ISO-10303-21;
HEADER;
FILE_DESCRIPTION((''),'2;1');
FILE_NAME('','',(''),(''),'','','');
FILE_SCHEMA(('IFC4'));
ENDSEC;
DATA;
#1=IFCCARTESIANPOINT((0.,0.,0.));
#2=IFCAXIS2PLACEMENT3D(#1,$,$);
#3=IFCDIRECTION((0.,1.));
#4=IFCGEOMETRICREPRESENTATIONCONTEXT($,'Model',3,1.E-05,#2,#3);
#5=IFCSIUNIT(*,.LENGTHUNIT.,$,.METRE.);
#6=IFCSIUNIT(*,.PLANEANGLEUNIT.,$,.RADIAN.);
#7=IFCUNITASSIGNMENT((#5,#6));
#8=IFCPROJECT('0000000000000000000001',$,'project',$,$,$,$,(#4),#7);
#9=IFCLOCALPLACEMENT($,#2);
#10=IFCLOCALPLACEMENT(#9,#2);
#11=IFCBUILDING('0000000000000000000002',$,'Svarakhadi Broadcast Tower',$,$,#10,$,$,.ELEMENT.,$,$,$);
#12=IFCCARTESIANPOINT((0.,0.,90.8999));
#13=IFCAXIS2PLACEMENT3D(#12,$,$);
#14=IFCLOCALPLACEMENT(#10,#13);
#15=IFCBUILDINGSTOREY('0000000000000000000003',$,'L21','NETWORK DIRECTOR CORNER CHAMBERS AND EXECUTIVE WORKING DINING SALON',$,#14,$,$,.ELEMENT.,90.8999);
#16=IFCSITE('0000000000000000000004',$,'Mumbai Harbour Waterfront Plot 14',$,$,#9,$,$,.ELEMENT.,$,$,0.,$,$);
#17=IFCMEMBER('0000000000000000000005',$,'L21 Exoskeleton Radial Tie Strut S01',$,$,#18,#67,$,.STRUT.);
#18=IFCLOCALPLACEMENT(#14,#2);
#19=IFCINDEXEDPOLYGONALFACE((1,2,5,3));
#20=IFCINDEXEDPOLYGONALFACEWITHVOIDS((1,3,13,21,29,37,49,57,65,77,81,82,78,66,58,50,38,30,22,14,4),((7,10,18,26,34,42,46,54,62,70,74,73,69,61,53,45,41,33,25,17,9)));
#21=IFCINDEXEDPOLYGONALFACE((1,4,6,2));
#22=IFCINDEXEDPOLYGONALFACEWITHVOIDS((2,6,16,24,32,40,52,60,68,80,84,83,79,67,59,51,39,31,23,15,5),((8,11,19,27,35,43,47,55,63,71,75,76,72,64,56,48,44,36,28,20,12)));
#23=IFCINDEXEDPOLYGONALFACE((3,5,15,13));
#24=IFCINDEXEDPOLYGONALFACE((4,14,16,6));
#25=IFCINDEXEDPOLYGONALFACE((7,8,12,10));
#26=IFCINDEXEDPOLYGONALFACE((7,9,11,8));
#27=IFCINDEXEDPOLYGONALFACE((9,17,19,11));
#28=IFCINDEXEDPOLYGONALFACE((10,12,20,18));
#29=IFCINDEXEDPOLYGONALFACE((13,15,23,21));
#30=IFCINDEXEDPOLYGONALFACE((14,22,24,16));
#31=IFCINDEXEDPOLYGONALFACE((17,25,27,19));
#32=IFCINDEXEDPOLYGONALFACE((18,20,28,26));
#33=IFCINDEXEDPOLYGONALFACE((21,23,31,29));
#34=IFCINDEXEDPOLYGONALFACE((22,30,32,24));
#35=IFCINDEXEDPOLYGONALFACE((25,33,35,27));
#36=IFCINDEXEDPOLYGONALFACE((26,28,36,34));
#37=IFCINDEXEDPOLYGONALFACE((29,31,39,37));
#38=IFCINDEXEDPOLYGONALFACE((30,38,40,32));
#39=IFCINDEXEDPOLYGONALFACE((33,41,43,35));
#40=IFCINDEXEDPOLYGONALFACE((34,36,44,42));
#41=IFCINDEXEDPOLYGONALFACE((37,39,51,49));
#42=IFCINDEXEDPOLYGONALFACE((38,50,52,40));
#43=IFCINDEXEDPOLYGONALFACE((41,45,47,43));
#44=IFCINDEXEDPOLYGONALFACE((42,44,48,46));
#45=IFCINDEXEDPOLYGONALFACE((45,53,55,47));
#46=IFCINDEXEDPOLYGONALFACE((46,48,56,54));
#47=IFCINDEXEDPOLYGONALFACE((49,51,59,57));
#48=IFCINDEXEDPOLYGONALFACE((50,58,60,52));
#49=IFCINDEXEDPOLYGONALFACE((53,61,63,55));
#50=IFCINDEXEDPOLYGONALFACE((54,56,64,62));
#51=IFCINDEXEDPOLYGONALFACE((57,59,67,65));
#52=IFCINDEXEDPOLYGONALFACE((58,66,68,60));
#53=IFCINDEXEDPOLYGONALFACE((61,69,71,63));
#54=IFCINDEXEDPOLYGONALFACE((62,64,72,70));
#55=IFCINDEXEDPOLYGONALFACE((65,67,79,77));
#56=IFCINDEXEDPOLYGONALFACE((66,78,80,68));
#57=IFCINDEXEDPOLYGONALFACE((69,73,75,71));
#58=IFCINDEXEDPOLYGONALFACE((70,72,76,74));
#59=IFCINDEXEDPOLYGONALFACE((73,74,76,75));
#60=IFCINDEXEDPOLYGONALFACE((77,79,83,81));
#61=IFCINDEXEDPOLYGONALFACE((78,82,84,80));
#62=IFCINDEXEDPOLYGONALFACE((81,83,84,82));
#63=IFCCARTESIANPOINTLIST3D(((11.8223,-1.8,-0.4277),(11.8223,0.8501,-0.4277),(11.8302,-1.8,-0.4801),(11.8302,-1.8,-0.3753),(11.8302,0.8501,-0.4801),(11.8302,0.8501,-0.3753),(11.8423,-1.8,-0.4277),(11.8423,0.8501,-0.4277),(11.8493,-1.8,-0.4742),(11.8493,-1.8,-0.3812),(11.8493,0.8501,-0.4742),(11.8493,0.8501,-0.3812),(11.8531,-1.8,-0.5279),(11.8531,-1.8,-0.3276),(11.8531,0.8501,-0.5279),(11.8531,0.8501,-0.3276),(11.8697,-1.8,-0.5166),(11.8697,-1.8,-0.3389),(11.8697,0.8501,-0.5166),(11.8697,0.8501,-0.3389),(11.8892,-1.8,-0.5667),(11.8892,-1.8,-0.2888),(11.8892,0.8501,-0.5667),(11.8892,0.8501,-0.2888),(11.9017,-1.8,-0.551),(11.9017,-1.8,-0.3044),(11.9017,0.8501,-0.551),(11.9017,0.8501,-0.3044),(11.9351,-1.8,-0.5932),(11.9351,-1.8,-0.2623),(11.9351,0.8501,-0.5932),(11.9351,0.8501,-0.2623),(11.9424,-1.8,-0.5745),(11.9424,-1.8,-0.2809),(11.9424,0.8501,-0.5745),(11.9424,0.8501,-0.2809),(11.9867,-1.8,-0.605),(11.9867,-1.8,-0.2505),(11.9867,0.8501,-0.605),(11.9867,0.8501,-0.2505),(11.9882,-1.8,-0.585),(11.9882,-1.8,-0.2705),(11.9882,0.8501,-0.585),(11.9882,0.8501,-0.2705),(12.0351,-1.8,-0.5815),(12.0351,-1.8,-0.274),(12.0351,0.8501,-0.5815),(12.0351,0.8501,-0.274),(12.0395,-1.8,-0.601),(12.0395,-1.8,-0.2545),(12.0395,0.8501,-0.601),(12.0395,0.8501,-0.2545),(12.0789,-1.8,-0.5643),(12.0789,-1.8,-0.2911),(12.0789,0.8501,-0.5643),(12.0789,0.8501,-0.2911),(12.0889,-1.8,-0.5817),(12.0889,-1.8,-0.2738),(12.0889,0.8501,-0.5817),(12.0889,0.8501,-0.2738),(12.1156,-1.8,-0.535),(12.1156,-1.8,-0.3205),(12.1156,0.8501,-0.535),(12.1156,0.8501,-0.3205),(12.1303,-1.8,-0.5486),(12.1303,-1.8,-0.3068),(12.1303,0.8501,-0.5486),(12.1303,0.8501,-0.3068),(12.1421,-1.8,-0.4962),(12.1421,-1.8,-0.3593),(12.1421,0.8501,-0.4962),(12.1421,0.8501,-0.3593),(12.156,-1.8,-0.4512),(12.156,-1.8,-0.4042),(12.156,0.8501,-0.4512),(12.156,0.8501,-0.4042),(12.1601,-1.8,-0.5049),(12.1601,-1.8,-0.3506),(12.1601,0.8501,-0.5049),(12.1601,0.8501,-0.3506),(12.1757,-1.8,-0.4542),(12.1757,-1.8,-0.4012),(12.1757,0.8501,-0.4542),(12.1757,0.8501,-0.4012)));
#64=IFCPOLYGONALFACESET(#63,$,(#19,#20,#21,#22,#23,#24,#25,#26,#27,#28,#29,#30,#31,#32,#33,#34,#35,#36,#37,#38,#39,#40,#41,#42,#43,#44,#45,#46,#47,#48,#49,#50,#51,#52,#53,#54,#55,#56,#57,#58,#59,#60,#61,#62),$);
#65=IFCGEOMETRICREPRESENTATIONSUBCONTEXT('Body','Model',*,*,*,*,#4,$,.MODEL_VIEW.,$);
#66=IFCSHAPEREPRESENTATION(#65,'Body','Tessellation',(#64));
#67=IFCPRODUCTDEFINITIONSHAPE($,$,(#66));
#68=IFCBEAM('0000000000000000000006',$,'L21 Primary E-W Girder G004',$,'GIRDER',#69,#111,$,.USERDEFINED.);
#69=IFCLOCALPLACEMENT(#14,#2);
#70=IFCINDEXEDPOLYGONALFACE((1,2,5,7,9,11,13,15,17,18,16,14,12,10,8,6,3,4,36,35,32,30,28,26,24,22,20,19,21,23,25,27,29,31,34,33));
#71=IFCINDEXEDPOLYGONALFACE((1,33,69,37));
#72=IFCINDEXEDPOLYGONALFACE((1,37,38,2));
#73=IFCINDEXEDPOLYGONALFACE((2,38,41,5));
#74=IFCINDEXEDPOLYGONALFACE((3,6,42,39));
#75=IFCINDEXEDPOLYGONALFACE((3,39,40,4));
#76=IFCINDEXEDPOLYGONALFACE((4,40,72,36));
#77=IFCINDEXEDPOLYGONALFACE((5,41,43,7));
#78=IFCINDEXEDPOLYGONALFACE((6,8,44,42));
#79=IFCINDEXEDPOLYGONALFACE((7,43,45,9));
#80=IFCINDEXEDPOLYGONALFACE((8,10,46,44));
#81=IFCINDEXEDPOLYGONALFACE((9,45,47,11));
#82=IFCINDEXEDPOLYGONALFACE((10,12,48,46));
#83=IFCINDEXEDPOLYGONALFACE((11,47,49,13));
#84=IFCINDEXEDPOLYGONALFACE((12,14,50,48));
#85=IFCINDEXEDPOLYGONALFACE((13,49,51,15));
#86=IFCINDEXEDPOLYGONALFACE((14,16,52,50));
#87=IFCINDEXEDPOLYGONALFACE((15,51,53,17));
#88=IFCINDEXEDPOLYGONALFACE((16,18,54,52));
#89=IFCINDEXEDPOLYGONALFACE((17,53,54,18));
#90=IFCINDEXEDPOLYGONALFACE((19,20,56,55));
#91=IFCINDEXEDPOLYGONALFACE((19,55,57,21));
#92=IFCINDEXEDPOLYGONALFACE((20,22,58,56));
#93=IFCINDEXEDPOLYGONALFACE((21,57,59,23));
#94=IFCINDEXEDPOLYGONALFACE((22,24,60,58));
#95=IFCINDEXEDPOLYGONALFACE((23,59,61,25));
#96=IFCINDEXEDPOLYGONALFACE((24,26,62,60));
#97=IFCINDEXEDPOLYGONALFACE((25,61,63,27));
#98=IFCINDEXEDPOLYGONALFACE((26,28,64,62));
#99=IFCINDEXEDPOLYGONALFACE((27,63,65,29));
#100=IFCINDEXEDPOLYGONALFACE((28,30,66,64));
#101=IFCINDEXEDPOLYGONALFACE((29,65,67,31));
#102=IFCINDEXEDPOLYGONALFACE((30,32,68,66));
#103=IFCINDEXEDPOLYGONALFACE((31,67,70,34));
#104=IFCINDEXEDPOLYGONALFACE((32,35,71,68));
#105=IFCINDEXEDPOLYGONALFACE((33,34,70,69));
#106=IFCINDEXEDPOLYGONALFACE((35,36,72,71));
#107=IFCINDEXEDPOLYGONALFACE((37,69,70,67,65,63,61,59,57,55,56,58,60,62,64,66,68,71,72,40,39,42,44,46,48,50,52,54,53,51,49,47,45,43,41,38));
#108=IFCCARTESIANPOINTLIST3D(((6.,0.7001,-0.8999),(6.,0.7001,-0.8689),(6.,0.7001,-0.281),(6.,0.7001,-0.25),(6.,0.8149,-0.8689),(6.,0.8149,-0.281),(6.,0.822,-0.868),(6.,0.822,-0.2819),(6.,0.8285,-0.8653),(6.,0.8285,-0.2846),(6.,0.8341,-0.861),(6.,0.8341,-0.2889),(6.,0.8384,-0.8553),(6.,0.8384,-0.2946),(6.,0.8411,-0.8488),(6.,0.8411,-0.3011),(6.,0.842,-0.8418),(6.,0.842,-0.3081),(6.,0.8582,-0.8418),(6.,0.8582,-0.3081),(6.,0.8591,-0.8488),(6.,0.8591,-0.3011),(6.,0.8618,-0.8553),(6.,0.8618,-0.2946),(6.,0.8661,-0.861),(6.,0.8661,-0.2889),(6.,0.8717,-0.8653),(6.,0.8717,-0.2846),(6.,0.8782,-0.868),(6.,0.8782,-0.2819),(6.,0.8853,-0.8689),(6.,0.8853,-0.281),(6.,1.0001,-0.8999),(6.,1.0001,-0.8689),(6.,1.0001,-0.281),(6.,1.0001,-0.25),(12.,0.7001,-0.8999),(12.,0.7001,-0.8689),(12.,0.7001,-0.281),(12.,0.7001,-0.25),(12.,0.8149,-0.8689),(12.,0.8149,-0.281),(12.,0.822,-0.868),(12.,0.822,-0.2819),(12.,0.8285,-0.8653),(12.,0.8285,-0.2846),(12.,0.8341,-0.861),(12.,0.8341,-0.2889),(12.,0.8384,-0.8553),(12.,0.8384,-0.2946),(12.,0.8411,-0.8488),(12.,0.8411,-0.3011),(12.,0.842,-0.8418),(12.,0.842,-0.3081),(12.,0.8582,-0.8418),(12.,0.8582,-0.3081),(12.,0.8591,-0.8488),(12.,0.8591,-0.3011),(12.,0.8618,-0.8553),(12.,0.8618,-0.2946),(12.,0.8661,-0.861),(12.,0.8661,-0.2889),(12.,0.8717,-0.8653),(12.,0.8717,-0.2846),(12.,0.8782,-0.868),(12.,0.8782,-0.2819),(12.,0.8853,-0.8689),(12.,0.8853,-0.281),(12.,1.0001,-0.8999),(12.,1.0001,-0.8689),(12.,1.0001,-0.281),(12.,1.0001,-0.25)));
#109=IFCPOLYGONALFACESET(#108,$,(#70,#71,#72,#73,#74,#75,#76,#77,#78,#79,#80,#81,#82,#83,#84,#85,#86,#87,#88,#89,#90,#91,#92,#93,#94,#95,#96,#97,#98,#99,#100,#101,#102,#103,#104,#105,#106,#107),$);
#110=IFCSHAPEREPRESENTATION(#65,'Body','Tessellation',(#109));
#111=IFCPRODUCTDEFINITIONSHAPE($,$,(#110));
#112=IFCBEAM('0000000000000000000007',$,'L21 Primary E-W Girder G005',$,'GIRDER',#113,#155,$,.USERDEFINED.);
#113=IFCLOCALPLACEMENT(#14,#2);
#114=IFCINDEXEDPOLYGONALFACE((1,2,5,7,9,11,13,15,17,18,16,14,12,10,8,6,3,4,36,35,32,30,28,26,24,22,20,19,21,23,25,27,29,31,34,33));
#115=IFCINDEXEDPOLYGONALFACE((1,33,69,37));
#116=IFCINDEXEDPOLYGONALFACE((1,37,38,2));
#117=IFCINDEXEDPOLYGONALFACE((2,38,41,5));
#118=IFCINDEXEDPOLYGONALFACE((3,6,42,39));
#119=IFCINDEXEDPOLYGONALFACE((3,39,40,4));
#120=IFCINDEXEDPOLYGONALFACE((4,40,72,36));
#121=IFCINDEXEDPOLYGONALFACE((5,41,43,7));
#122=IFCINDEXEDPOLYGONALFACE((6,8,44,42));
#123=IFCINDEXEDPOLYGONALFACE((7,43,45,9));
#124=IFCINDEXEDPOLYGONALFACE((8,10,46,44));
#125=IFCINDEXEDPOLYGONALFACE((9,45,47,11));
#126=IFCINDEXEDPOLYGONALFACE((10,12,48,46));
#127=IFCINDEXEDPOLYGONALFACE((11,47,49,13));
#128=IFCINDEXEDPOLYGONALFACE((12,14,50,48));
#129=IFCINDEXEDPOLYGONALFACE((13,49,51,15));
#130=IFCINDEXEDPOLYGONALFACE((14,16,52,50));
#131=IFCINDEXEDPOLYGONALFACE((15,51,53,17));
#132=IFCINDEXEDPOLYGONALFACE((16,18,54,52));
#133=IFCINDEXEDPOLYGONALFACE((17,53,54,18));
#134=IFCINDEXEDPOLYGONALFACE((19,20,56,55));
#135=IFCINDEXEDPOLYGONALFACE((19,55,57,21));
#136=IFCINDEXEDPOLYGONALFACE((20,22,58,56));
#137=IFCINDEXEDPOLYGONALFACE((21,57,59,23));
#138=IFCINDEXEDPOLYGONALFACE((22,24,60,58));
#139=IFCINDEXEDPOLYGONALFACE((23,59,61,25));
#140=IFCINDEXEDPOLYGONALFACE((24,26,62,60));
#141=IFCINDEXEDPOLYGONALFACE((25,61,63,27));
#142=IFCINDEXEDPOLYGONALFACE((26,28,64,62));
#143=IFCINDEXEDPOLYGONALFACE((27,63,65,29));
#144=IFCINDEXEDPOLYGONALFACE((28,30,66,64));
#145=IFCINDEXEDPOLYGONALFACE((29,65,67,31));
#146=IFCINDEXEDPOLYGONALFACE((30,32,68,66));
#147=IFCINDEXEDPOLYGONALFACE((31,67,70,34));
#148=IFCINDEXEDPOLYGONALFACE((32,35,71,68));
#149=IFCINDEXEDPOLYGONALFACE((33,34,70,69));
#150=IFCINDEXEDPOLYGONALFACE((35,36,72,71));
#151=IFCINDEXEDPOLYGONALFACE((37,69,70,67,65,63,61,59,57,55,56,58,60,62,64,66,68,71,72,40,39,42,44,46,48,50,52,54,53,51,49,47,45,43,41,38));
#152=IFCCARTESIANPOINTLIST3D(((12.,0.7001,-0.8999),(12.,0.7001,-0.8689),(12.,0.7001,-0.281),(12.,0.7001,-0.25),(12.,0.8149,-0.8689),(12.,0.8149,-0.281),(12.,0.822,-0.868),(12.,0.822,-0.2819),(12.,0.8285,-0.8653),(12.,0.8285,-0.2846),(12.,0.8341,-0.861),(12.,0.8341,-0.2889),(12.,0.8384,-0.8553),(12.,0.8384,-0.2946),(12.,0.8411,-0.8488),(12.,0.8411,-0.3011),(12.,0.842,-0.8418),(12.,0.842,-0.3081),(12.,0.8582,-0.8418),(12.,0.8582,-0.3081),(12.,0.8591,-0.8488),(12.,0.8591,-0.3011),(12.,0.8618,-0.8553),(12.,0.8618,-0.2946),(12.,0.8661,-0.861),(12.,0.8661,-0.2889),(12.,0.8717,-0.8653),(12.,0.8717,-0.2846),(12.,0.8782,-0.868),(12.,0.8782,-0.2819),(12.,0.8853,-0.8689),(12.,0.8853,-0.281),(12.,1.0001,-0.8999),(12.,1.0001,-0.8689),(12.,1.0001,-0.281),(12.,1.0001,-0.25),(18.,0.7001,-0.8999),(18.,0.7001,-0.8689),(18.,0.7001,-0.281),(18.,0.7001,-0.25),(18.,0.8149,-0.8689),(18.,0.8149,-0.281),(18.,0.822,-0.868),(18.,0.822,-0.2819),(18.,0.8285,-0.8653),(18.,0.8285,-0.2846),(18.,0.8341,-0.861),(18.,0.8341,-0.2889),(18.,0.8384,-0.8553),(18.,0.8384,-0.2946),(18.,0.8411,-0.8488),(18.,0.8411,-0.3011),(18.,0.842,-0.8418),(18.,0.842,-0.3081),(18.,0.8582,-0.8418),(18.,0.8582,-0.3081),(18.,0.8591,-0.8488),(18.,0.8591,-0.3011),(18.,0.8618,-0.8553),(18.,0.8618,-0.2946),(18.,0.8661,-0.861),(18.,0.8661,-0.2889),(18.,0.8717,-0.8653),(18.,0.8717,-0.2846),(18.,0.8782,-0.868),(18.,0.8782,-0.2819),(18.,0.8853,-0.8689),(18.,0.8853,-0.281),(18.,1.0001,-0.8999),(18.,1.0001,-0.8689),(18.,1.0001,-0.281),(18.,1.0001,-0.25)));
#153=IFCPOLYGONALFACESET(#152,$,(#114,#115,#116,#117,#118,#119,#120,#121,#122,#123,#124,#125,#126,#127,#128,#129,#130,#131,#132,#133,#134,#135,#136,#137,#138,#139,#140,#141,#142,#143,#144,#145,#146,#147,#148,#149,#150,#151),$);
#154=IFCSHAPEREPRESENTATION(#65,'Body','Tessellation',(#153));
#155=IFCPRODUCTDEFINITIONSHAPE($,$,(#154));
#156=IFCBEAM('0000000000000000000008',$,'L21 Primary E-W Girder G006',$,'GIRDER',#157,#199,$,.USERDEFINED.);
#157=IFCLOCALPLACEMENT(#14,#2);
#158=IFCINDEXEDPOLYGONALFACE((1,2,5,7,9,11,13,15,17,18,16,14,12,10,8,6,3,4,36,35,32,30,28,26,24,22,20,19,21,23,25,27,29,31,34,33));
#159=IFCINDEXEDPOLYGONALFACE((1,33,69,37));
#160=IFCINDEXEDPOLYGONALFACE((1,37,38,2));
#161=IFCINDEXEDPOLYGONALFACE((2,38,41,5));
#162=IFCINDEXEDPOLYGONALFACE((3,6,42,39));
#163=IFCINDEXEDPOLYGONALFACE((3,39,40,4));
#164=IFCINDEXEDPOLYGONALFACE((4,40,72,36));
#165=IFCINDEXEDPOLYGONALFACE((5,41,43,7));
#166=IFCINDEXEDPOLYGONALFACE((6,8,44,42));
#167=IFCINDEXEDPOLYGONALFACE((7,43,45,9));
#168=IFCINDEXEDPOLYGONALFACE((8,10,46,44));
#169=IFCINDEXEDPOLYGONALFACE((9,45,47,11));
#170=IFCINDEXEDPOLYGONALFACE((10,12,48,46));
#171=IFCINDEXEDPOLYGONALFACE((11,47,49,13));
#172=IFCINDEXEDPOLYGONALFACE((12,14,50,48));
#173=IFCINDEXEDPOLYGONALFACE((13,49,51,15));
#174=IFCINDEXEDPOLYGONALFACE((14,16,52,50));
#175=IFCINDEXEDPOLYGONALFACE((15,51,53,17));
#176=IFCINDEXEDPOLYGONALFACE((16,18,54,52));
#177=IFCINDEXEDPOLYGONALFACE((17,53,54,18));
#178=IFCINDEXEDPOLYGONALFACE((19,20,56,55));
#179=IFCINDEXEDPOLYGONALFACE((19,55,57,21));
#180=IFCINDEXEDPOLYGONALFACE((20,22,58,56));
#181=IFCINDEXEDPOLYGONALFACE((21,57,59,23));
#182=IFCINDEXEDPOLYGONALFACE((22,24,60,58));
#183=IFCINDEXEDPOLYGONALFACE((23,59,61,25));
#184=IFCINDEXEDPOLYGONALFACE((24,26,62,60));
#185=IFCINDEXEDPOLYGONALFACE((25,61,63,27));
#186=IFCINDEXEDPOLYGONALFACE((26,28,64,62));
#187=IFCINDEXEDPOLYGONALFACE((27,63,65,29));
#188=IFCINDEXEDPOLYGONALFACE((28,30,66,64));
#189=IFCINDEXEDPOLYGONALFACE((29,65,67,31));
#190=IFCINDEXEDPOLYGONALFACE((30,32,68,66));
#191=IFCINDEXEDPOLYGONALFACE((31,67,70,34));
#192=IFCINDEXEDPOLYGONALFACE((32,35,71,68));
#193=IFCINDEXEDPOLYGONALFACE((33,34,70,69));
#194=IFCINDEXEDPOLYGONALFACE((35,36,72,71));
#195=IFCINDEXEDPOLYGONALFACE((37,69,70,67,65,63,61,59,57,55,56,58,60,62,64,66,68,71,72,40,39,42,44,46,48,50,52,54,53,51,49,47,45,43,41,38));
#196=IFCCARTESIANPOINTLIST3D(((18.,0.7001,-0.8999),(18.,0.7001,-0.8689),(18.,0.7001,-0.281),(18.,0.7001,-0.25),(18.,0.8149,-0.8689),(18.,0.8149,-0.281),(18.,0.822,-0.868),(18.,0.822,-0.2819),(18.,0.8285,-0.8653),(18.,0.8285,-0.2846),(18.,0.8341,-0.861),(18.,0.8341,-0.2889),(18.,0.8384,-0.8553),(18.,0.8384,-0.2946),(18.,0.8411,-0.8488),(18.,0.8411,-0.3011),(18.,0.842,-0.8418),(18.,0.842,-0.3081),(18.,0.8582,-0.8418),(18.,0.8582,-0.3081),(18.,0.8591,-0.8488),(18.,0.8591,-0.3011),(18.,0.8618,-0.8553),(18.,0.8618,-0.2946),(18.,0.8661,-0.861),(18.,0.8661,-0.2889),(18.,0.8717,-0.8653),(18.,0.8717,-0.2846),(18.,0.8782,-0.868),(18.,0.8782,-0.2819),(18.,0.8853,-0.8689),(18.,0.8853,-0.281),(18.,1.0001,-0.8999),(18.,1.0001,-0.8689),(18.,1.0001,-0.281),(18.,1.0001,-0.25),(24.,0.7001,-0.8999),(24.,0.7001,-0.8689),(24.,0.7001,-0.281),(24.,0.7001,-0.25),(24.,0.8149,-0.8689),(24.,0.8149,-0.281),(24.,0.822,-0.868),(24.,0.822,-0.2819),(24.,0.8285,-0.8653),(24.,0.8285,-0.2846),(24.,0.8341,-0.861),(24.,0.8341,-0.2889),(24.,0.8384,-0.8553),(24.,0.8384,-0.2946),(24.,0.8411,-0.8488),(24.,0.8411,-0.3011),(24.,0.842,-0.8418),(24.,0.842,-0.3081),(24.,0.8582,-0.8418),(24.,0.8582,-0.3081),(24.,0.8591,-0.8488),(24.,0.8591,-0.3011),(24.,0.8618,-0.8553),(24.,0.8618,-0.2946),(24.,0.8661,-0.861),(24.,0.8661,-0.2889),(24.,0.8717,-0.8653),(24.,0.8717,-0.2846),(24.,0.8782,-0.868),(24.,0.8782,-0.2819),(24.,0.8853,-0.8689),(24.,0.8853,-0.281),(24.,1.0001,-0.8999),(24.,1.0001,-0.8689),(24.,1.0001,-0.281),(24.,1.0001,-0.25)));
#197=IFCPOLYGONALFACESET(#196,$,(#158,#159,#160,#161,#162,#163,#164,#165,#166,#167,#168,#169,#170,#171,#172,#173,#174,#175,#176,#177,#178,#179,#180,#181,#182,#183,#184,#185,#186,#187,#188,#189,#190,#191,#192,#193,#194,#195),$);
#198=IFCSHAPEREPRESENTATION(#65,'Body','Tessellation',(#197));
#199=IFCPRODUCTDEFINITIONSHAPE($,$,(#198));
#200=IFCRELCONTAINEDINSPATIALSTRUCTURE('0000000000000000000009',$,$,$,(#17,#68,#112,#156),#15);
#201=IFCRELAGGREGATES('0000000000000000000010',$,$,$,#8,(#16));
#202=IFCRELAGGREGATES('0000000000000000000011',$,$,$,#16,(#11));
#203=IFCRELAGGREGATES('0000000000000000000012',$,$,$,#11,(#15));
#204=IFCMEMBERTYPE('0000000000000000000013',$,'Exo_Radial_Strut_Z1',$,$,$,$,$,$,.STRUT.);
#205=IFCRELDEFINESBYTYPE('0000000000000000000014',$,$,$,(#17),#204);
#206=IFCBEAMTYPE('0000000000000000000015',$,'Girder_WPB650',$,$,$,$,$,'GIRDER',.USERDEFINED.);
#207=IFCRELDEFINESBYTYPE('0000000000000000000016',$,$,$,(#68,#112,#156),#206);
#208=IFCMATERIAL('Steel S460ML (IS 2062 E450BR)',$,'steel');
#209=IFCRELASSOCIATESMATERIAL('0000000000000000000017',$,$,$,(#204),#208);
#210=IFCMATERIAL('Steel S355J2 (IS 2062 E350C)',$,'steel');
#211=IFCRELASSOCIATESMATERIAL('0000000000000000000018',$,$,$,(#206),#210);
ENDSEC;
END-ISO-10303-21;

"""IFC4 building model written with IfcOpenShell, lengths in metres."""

from ifc_helpers import new_model, si_unit, direction, frame, origin, origin_2d, place, context, subcontext, project, spatial, hollow_circle, i_section, extrude, material, material_profile, profile_set, type_object, element, save


model = new_model("IFC4")

# Units and contexts
model_context = context("Model", 3, precision=1e-05, world=origin(), true_north=direction((0.0, 1.0)))
body_context = subcontext(model_context, "Body", "Model", "MODEL_VIEW")
ifc_project = project(units=[si_unit("LENGTHUNIT", "METRE"), si_unit("PLANEANGLEUNIT", "RADIAN")], contexts=[model_context])

# Site, building, storey
site_placement = place(None, origin())
site = spatial("IfcSite", under=ifc_project, at=site_placement, Name="Mumbai Harbour Waterfront Plot 14", CompositionType="ELEMENT", RefElevation=0.0)
building_placement = place(site_placement, origin())
building = spatial("IfcBuilding", under=site, at=building_placement, Name="Svarakhadi Broadcast Tower", CompositionType="ELEMENT")
storey_placement = place(building_placement, frame((0.0, 0.0, 90.8999)))
storey = spatial("IfcBuildingStorey", under=building, at=storey_placement, Name="L21", Description="NETWORK DIRECTOR CORNER CHAMBERS AND EXECUTIVE WORKING DINING SALON", CompositionType="ELEMENT", Elevation=90.8999)

# Shared definitions
ifc_material_1 = material(Name="Steel S460ML (IS 2062 E450BR)", Category="steel")

# Shared definitions
ifc_material_2 = material(Name="Steel S355J2 (IS 2062 E350C)", Category="steel")

# Member
ifc_material_profile_1 = material_profile(ifc_material_1, hollow_circle(Radius=0.1777, WallThickness=0.02, at=origin_2d()), Name="CHS 355.6x20")
ifc_profile_set_1 = profile_set([ifc_material_profile_1], Name="Steel S460ML (IS 2062 E450BR)")
member_type_1 = type_object("IfcMemberType", Name="Exo_Radial_Strut_Z1", PredefinedType="STRUT", material=ifc_profile_set_1)
member_1_placement = place(storey_placement, frame((12.0, -1.8, -0.4277), z_axis=(0.0, 1.0, 0.0), x_axis=(-1.0, 0.0, 0.0)))
element("IfcMember", 1, at=member_1_placement, inside=storey, type_object=member_type_1, Name="L21 Exoskeleton Radial Tie Strut S01", PredefinedType="STRUT", context=body_context, shape_type="SweptSolid", body=[
    extrude(hollow_circle(Radius=0.1777, WallThickness=0.02, at=origin_2d()), origin(), (0.0, 0.0, 1.0), 2.6501),
])

# Beams
ifc_material_profile_2 = material_profile(ifc_material_2, i_section(OverallWidth=0.3, OverallDepth=0.6499, WebThickness=0.0161, FlangeThickness=0.031, FilletRadius=0.0271, at=origin_2d()), Name="WPB 650x300x225")
ifc_profile_set_2 = profile_set([ifc_material_profile_2], Name="Steel S355J2 (IS 2062 E350C)")
beam_type_1 = type_object("IfcBeamType", Name="Girder_WPB650", ElementType="GIRDER", PredefinedType="USERDEFINED", material=ifc_profile_set_2)
for number, where, z_axis, x_axis, name in (
    (2, (6.0, 0.8501, -0.575), (1.0, 0.0, 0.0), (0.0, 1.0, 0.0), "L21 Primary E-W Girder G004"),
    (3, (12.0, 0.8501, -0.575), (1.0, 0.0, 0.0), (0.0, 1.0, 0.0), "L21 Primary E-W Girder G005"),
    (4, (18.0, 0.8501, -0.575), (1.0, 0.0, 0.0), (0.0, 1.0, 0.0), "L21 Primary E-W Girder G006"),
):
    element("IfcBeam", number, at=place(storey_placement, frame(where, z_axis=z_axis, x_axis=x_axis)), inside=storey, type_object=beam_type_1, Name=name, ObjectType="GIRDER", PredefinedType="USERDEFINED", context=body_context, shape_type="SweptSolid", body=[
        extrude(i_section(OverallWidth=0.3, OverallDepth=0.6499, WebThickness=0.0161, FlangeThickness=0.031, FilletRadius=0.0271, at=origin_2d()), origin(), (0.0, 0.0, 1.0), 6.0),
    ])

save(model, "model.ifc")
